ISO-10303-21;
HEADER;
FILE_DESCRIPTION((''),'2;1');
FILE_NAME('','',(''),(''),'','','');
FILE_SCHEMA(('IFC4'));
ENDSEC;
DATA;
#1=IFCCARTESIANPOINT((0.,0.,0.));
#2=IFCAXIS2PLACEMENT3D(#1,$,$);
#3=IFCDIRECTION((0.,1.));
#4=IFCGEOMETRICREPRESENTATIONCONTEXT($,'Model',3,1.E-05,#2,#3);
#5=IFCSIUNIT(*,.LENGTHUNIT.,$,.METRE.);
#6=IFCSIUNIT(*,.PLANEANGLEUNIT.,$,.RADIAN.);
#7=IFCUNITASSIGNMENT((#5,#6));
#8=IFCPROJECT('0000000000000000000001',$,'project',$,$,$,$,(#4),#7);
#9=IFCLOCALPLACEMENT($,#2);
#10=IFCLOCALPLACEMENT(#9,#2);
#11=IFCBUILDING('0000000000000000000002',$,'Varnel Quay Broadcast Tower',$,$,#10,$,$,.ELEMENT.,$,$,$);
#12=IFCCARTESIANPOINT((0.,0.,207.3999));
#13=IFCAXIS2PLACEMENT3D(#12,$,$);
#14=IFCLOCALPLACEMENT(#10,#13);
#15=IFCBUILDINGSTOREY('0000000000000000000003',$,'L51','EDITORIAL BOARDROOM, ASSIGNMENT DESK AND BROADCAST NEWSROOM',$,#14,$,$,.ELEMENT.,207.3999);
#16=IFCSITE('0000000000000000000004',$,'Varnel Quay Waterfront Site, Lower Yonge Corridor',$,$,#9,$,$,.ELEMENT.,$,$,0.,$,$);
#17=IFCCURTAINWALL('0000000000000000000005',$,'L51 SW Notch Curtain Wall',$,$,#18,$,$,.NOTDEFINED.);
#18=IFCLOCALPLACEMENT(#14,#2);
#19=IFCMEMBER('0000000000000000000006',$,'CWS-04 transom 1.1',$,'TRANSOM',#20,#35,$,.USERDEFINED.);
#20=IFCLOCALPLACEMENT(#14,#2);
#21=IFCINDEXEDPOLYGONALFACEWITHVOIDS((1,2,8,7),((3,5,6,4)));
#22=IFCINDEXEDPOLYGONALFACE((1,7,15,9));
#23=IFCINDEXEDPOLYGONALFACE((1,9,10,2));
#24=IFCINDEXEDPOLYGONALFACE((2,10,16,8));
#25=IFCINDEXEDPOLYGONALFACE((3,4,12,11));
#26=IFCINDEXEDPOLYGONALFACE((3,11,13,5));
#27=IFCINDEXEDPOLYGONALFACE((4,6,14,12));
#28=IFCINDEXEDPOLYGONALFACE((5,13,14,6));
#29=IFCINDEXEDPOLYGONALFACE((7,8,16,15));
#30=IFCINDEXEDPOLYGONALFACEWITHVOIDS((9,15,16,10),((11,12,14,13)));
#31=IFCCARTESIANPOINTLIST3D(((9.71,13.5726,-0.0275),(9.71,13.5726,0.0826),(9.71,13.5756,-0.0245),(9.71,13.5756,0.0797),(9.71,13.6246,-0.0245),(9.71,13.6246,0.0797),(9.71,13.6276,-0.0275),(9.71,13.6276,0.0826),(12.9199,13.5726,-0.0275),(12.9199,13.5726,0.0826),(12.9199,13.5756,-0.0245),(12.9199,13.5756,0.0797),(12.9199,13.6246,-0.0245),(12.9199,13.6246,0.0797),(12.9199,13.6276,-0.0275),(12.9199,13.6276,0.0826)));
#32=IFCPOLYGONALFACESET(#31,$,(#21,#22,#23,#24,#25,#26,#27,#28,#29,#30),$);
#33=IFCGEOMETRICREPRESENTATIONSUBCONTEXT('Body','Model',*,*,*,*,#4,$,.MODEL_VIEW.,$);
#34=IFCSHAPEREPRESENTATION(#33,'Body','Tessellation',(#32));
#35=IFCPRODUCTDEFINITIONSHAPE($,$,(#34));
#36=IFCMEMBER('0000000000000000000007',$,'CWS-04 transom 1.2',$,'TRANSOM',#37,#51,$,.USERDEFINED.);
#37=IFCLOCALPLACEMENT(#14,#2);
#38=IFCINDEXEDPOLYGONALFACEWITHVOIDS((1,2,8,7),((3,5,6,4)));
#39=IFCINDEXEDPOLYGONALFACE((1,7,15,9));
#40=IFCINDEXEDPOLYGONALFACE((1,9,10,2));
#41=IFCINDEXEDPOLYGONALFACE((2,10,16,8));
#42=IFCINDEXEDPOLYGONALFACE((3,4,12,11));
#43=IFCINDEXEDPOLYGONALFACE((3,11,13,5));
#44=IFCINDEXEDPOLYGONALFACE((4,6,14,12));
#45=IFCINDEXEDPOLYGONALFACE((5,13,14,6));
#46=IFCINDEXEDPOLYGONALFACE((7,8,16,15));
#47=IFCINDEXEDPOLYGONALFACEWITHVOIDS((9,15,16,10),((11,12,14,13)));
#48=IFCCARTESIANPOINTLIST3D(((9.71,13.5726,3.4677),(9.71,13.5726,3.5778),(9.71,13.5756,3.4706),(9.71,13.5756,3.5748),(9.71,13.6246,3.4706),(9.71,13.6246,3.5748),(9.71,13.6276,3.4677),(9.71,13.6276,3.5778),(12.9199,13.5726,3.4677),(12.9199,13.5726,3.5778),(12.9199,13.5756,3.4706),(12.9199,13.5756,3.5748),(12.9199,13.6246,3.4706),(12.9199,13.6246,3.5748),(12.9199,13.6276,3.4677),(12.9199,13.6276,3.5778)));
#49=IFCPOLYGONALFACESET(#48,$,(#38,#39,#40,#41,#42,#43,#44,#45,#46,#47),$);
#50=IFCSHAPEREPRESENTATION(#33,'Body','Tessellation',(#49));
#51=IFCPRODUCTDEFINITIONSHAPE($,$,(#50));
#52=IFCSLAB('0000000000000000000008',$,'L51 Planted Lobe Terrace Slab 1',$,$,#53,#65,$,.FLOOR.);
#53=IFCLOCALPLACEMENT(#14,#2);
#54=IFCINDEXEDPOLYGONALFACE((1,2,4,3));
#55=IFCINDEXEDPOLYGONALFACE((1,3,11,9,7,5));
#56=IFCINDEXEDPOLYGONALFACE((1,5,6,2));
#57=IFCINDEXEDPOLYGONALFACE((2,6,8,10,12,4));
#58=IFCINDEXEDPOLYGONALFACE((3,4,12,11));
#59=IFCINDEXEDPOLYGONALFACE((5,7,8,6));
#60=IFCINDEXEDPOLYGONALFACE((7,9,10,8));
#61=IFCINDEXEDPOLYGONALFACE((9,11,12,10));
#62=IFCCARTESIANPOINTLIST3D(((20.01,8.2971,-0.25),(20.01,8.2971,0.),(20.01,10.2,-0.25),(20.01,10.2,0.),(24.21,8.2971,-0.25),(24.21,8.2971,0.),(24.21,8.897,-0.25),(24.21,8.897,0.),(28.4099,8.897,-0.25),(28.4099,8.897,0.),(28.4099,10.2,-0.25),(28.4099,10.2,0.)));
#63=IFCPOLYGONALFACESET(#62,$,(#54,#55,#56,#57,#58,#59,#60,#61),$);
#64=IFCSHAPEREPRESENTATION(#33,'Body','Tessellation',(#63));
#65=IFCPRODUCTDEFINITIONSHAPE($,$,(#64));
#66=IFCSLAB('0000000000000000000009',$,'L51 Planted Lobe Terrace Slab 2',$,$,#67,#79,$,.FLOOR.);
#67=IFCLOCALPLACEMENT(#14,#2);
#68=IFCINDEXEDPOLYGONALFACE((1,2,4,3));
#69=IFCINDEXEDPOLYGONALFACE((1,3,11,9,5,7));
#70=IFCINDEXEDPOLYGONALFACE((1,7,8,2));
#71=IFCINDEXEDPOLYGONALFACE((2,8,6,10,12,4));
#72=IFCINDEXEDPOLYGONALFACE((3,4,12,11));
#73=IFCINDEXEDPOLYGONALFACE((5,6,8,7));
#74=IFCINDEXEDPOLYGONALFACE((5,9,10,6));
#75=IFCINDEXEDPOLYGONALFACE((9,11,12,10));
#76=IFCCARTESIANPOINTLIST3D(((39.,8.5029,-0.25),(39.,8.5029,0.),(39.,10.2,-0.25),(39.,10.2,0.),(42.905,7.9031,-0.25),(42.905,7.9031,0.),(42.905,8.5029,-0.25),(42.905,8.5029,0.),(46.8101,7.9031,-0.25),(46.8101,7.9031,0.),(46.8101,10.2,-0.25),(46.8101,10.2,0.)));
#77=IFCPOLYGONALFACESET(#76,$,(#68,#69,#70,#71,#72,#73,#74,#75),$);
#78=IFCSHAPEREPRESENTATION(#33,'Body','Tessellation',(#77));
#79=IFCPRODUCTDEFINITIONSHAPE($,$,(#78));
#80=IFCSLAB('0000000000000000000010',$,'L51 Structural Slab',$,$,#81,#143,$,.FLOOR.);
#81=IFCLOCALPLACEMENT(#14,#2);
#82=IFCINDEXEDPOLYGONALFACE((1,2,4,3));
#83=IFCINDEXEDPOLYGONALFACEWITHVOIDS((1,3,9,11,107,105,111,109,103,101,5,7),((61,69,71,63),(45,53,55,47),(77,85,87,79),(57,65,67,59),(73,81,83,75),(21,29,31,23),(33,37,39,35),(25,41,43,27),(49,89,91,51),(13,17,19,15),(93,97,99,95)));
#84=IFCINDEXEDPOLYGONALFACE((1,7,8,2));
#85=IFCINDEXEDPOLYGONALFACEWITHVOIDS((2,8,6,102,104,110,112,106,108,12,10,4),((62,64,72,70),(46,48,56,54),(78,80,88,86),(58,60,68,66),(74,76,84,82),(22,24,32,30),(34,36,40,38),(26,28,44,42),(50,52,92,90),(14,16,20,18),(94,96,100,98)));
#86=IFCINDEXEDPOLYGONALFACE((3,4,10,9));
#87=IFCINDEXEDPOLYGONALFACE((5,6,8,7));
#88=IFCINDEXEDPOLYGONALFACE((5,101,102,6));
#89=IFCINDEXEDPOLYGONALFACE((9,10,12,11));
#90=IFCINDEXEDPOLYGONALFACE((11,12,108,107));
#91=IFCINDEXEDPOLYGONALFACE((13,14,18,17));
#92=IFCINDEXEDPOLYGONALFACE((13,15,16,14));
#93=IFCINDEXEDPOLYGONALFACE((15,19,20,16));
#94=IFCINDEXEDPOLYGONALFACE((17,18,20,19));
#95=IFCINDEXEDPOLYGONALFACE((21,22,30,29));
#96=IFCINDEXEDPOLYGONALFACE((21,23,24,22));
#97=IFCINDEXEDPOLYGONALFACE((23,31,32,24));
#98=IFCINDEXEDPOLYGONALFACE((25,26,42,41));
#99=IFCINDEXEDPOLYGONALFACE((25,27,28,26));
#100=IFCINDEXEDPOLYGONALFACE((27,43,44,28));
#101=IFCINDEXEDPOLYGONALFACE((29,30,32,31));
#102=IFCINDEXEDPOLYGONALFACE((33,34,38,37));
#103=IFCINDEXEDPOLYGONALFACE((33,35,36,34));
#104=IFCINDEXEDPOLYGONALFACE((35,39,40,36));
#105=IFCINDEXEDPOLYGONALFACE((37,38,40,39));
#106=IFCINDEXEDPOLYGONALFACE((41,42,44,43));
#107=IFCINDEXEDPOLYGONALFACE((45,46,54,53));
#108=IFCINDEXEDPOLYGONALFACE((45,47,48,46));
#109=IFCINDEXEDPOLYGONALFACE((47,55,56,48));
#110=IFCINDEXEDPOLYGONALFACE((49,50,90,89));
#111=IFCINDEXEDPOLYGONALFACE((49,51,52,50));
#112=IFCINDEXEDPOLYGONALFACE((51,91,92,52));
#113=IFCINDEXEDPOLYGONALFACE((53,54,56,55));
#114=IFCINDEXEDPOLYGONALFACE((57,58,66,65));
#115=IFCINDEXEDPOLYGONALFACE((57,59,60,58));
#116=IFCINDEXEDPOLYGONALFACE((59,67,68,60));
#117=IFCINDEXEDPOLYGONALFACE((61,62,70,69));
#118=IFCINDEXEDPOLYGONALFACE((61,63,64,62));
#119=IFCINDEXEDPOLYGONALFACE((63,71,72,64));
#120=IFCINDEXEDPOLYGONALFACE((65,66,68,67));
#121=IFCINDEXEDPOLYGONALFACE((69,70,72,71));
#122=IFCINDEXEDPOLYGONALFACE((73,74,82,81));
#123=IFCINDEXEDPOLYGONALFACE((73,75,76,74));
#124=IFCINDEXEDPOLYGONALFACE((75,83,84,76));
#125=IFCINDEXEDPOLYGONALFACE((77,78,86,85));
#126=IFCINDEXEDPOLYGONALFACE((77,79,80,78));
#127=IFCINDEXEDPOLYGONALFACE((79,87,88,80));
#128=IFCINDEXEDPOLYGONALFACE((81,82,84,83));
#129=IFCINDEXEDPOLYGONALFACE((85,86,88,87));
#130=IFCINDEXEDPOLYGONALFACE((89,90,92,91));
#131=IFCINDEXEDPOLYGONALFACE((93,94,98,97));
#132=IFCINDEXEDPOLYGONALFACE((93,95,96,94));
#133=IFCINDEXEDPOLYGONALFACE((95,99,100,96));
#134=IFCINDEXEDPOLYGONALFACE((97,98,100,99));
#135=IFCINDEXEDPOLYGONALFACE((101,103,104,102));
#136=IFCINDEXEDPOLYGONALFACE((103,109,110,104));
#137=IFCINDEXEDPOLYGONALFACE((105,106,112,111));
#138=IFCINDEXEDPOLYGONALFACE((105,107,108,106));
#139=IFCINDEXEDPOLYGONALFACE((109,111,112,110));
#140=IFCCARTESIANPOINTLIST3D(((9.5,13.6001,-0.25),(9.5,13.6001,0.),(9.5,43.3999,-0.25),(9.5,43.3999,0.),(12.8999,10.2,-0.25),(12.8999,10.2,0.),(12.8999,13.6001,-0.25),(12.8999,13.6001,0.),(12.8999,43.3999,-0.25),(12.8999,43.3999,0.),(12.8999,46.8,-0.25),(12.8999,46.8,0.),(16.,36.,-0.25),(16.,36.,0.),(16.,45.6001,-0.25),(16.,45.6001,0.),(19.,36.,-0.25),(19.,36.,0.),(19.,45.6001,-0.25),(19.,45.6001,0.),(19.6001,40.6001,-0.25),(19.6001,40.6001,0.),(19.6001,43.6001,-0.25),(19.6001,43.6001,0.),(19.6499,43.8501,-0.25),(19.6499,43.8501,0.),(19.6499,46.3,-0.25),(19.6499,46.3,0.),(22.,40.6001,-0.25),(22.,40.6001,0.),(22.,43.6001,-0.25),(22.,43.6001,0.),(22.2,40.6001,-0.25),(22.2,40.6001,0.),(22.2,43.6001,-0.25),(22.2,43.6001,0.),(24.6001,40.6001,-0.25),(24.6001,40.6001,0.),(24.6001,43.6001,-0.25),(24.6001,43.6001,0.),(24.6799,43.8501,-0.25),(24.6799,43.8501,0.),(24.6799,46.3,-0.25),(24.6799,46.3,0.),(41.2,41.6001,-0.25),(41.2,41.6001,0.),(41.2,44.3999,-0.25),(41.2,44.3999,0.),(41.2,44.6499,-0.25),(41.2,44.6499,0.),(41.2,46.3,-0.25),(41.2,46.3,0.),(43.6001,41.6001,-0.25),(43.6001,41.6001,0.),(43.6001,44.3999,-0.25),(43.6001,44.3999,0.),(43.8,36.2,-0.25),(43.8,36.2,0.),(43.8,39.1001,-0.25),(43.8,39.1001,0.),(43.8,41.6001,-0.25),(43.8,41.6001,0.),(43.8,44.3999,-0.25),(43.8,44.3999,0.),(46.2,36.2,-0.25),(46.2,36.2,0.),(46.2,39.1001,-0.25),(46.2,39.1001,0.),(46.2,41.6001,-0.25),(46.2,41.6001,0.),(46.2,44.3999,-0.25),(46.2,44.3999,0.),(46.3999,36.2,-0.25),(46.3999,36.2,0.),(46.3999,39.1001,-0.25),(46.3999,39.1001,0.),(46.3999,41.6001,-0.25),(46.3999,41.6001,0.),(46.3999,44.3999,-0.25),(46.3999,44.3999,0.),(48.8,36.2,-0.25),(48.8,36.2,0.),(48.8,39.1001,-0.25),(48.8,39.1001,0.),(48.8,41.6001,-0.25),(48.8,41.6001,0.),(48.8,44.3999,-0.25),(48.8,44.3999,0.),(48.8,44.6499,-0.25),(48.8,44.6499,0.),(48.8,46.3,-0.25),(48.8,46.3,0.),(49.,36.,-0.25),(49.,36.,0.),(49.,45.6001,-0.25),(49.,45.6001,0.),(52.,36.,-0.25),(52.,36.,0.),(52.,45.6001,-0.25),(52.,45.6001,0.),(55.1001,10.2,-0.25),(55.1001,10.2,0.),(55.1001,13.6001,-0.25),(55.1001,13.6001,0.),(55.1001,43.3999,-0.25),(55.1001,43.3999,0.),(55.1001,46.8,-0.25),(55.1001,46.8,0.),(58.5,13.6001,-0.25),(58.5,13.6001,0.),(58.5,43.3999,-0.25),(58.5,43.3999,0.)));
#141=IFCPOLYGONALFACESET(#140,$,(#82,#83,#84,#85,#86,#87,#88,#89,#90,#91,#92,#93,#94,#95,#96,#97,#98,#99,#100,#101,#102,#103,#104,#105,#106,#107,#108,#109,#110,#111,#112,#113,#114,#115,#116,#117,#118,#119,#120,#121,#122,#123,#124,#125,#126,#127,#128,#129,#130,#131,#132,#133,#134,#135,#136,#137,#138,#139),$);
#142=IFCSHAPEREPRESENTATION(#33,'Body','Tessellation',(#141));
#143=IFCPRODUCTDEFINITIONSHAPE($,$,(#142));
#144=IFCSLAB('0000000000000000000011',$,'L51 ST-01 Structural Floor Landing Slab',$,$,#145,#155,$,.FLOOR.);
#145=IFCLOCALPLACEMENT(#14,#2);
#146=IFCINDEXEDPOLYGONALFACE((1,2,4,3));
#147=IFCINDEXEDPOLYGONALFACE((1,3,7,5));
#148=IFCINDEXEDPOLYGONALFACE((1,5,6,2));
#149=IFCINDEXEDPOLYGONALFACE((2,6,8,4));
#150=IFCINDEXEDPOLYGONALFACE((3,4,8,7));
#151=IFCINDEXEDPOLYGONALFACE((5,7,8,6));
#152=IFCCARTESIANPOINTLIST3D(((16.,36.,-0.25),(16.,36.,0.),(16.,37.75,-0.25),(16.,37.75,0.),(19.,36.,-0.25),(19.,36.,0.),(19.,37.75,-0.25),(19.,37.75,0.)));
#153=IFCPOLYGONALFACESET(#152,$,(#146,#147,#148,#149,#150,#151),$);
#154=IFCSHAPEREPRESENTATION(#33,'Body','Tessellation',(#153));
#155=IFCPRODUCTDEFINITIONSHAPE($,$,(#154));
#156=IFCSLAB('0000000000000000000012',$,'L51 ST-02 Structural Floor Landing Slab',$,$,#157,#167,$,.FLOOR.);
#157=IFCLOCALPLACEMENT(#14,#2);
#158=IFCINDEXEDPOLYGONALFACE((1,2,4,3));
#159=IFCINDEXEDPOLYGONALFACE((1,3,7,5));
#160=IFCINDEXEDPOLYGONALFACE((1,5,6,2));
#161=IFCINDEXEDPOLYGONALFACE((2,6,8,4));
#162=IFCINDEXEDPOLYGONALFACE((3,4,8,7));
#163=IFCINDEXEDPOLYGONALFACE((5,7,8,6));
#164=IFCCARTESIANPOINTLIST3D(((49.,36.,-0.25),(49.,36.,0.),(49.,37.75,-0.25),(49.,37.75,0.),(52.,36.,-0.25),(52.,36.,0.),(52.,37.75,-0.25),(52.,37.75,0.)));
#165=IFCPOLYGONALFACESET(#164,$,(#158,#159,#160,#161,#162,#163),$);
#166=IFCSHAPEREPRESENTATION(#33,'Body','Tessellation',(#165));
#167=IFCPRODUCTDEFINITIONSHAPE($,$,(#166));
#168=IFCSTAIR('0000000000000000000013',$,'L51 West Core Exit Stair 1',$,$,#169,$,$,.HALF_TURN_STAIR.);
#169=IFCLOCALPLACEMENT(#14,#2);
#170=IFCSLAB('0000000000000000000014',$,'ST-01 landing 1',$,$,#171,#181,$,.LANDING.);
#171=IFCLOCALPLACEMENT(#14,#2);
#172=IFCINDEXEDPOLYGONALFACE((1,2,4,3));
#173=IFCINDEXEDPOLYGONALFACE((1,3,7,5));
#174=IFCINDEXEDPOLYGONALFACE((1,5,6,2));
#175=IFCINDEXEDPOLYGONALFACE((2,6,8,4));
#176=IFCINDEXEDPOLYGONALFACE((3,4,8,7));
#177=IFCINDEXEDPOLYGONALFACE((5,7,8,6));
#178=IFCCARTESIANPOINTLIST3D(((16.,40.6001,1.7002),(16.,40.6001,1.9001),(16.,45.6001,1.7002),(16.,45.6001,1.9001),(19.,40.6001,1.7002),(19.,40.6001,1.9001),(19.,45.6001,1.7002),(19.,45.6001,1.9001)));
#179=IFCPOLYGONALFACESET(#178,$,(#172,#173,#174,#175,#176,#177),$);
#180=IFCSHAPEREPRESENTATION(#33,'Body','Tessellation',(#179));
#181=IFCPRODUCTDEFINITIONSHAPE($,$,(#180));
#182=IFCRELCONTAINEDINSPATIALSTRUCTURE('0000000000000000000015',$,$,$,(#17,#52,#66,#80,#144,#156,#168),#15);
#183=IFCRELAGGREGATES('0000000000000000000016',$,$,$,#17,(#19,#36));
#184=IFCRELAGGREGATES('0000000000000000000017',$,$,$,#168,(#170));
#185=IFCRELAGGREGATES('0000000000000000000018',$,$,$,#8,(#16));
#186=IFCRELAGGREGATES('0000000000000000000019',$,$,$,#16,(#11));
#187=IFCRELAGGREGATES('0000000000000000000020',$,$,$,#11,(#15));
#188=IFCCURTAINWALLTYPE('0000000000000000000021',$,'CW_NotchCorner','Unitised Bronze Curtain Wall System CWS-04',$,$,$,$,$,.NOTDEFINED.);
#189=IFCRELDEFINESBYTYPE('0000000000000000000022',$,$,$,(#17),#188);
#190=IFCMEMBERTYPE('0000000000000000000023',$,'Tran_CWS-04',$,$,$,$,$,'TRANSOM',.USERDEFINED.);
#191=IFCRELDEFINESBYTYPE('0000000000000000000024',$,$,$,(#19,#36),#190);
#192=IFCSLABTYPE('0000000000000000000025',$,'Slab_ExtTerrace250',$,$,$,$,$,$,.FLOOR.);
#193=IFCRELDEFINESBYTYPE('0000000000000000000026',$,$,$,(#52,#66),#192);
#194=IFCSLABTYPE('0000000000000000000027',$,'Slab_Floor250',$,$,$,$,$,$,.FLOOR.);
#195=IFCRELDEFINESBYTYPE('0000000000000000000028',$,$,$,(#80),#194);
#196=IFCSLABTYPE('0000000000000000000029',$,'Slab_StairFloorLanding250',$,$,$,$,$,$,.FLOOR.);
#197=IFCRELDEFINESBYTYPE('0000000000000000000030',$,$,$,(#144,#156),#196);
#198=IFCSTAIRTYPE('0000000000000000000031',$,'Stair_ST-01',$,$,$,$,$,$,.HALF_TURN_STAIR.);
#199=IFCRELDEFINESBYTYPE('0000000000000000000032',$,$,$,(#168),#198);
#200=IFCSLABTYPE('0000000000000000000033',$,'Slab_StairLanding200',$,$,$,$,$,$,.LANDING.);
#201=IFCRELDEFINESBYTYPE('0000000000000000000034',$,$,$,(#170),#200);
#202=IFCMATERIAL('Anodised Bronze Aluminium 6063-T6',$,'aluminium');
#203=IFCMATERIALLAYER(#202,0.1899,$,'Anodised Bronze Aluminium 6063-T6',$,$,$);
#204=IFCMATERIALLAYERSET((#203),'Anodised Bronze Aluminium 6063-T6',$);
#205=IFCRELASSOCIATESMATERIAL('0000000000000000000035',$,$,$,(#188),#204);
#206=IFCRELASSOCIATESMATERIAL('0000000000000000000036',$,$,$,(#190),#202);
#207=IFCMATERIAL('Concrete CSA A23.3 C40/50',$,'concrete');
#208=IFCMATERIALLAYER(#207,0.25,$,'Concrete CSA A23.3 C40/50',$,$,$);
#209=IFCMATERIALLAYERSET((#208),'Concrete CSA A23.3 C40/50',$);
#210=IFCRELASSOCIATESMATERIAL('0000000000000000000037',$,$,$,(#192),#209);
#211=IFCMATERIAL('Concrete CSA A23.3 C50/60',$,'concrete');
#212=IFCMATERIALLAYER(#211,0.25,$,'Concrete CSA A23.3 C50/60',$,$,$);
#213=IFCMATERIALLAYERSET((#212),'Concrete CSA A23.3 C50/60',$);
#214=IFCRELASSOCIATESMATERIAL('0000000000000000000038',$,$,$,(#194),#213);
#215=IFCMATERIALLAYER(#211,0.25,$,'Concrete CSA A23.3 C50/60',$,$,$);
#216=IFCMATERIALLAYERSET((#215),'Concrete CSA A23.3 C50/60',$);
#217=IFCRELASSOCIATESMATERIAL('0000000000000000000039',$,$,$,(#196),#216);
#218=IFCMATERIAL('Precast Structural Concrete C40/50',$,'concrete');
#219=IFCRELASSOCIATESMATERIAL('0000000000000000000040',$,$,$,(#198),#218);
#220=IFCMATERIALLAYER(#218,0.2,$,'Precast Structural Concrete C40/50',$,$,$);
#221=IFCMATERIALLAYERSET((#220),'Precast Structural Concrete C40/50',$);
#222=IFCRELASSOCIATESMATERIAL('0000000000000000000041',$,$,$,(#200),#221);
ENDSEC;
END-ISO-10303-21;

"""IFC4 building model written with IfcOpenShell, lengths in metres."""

from ifc_helpers import new_model, si_unit, direction, frame, origin, origin_2d, place, context, subcontext, project, spatial, polyline, hollow_rectangle, outline, extrude, source, transform, mapped, material, layer, layer_set, material_profile, profile_set, type_object, type_shapes, element, aggregate, save


model = new_model("IFC4")

# Units and contexts
model_context = context("Model", 3, precision=1e-05, world=origin(), true_north=direction((0.0, 1.0)))
body_context = subcontext(model_context, "Body", "Model", "MODEL_VIEW")
ifc_project = project(units=[si_unit("LENGTHUNIT", "METRE"), si_unit("PLANEANGLEUNIT", "RADIAN")], contexts=[model_context])

# Site, building, storey
site_placement = place(None, origin())
site = spatial("IfcSite", under=ifc_project, at=site_placement, Name="Varnel Quay Waterfront Site, Lower Yonge Corridor", CompositionType="ELEMENT", RefElevation=0.0)
building_placement = place(site_placement, origin())
building = spatial("IfcBuilding", under=site, at=building_placement, Name="Varnel Quay Broadcast Tower", CompositionType="ELEMENT")
storey_placement = place(building_placement, frame((0.0, 0.0, 207.3999)))
storey = spatial("IfcBuildingStorey", under=building, at=storey_placement, Name="L51", Description="EDITORIAL BOARDROOM, ASSIGNMENT DESK AND BROADCAST NEWSROOM", CompositionType="ELEMENT", Elevation=207.3999)

# Curtain wall
ifc_material_1 = material(Name="Anodised Bronze Aluminium 6063-T6", Category="aluminium")
ifc_layer_1 = layer(ifc_material_1, 0.1899, Name="Anodised Bronze Aluminium 6063-T6")
ifc_layer_set_1 = layer_set([ifc_layer_1], Name="Anodised Bronze Aluminium 6063-T6")
curtain_wall_type_1 = type_object("IfcCurtainWallType", Name="CW_NotchCorner", Description="Unitised Bronze Curtain Wall System CWS-04", PredefinedType="NOTDEFINED", material=ifc_layer_set_1)
curtain_wall_1_placement = place(storey_placement, origin())
curtain_wall_1 = element("IfcCurtainWall", 1, at=curtain_wall_1_placement, inside=storey, type_object=curtain_wall_type_1, Name="L51 SW Notch Curtain Wall", PredefinedType="NOTDEFINED")

# Members
ifc_material_profile_1 = material_profile(ifc_material_1, hollow_rectangle(XDim=0.0549, YDim=0.1101, WallThickness=0.0029, at=origin_2d()), Name="ALU55X110X3")
ifc_profile_set_1 = profile_set([ifc_material_profile_1], Name="Anodised Bronze Aluminium 6063-T6")
member_type_1 = type_object("IfcMemberType", Name="Tran_CWS-04", ElementType="TRANSOM", PredefinedType="USERDEFINED", material=ifc_profile_set_1)
shared_shape_1 = source(origin(), body_context, "Body", "SweptSolid", [
    extrude(hollow_rectangle(XDim=0.0549, YDim=0.1101, WallThickness=0.0029, at=origin_2d()), origin(), (0.0, 0.0, 1.0), 3.21),
])
type_shapes(member_type_1, [shared_shape_1])
member_1_placement = place(storey_placement, frame((9.71, 13.6001, 0.0276), z_axis=(1.0, 0.0, 0.0), x_axis=(0.0, 1.0, 0.0)))
member_1 = element("IfcMember", 2, at=member_1_placement, type_object=member_type_1, Name="CWS-04 transom 1.1", ObjectType="TRANSOM", PredefinedType="USERDEFINED", context=body_context, shape_type="MappedRepresentation", body=[
    mapped(shared_shape_1, transform((0.0, 0.0, 0.0), x_axis=(1.0, 0.0, 0.0), y_axis=(0.0, 1.0, 0.0), z_axis=(0.0, 0.0, 1.0), scale=1.0)),
])
member_2_placement = place(storey_placement, frame((9.71, 13.6001, 3.5227), z_axis=(1.0, 0.0, 0.0), x_axis=(0.0, 1.0, 0.0)))
member_2 = element("IfcMember", 3, at=member_2_placement, type_object=member_type_1, Name="CWS-04 transom 1.2", ObjectType="TRANSOM", PredefinedType="USERDEFINED", context=body_context, shape_type="MappedRepresentation", body=[
    mapped(shared_shape_1, transform((0.0, 0.0, 0.0), x_axis=(1.0, 0.0, 0.0), y_axis=(0.0, 1.0, 0.0), z_axis=(0.0, 0.0, 1.0), scale=1.0)),
])
aggregate(curtain_wall_1, [member_1, member_2])

# Slabs
ifc_material_2 = material(Name="Concrete CSA A23.3 C40/50", Category="concrete")
ifc_layer_2 = layer(ifc_material_2, 0.25, Name="Concrete CSA A23.3 C40/50")
ifc_layer_set_2 = layer_set([ifc_layer_2], Name="Concrete CSA A23.3 C40/50")
slab_type_1 = type_object("IfcSlabType", Name="Slab_ExtTerrace250", PredefinedType="FLOOR", material=ifc_layer_set_2)
slab_1_placement = place(storey_placement, frame((0.0, 0.0, -0.25)))
element("IfcSlab", 4, at=slab_1_placement, inside=storey, type_object=slab_type_1, Name="L51 Planted Lobe Terrace Slab 1", PredefinedType="FLOOR", context=body_context, shape_type="SweptSolid", body=[
    extrude(outline(polyline([(20.01, 8.2971), (24.21, 8.2971), (24.21, 8.897), (28.4099, 8.897), (28.4099, 10.2), (20.01, 10.2), (20.01, 8.2971)])), origin(), (0.0, 0.0, 1.0), 0.25),
])
slab_2_placement = place(storey_placement, frame((0.0, 0.0, -0.25)))
element("IfcSlab", 5, at=slab_2_placement, inside=storey, type_object=slab_type_1, Name="L51 Planted Lobe Terrace Slab 2", PredefinedType="FLOOR", context=body_context, shape_type="SweptSolid", body=[
    extrude(outline(polyline([(39.0, 8.5029), (42.905, 8.5029), (42.905, 7.9031), (46.8101, 7.9031), (46.8101, 10.2), (39.0, 10.2), (39.0, 8.5029)])), origin(), (0.0, 0.0, 1.0), 0.25),
])
ifc_material_3 = material(Name="Concrete CSA A23.3 C50/60", Category="concrete")
ifc_layer_3 = layer(ifc_material_3, 0.25, Name="Concrete CSA A23.3 C50/60")
ifc_layer_set_3 = layer_set([ifc_layer_3], Name="Concrete CSA A23.3 C50/60")
slab_type_2 = type_object("IfcSlabType", Name="Slab_Floor250", PredefinedType="FLOOR", material=ifc_layer_set_3)
slab_3_placement = place(storey_placement, frame((0.0, 0.0, -0.25)))
element("IfcSlab", 6, at=slab_3_placement, inside=storey, type_object=slab_type_2, Name="L51 Structural Slab", PredefinedType="FLOOR", context=body_context, shape_type="SweptSolid", body=[
    extrude(outline(polyline([(12.8999, 10.2), (55.1001, 10.2), (55.1001, 13.6001), (58.5, 13.6001), (58.5, 43.3999), (55.1001, 43.3999), (55.1001, 46.8), (12.8999, 46.8), (12.8999, 43.3999), (9.5, 43.3999), (9.5, 13.6001), (12.8999, 13.6001), (12.8999, 10.2)]), holes=[polyline([(19.0, 36.0), (16.0, 36.0), (16.0, 45.6001), (19.0, 45.6001), (19.0, 36.0)]), polyline([(19.6001, 40.6001), (19.6001, 43.6001), (22.0, 43.6001), (22.0, 40.6001), (19.6001, 40.6001)]), polyline([(22.2, 40.6001), (22.2, 43.6001), (24.6001, 43.6001), (24.6001, 40.6001), (22.2, 40.6001)]), polyline([(41.2, 44.3999), (43.6001, 44.3999), (43.6001, 41.6001), (41.2, 41.6001), (41.2, 44.3999)]), polyline([(43.8, 44.3999), (46.2, 44.3999), (46.2, 41.6001), (43.8, 41.6001), (43.8, 44.3999)]), polyline([(19.6499, 43.8501), (19.6499, 46.3), (24.6799, 46.3), (24.6799, 43.8501), (19.6499, 43.8501)]), polyline([(43.8, 39.1001), (46.2, 39.1001), (46.2, 36.2), (43.8, 36.2), (43.8, 39.1001)]), polyline([(46.3999, 39.1001), (48.8, 39.1001), (48.8, 36.2), (46.3999, 36.2), (46.3999, 39.1001)]), polyline([(52.0, 36.0), (49.0, 36.0), (49.0, 45.6001), (52.0, 45.6001), (52.0, 36.0)]), polyline([(46.3999, 44.3999), (48.8, 44.3999), (48.8, 41.6001), (46.3999, 41.6001), (46.3999, 44.3999)]), polyline([(41.2, 46.3), (48.8, 46.3), (48.8, 44.6499), (41.2, 44.6499), (41.2, 46.3)])]), origin(), (0.0, 0.0, 1.0), 0.25),
])
ifc_layer_4 = layer(ifc_material_3, 0.25, Name="Concrete CSA A23.3 C50/60")
ifc_layer_set_4 = layer_set([ifc_layer_4], Name="Concrete CSA A23.3 C50/60")
slab_type_3 = type_object("IfcSlabType", Name="Slab_StairFloorLanding250", PredefinedType="FLOOR", material=ifc_layer_set_4)
slab_4_placement = place(storey_placement, frame((0.0, 0.0, -0.25)))
element("IfcSlab", 7, at=slab_4_placement, inside=storey, type_object=slab_type_3, Name="L51 ST-01 Structural Floor Landing Slab", PredefinedType="FLOOR", context=body_context, shape_type="SweptSolid", body=[
    extrude(outline(polyline([(19.0, 36.0), (19.0, 37.75), (16.0, 37.75), (16.0, 36.0), (19.0, 36.0)])), origin(), (0.0, 0.0, 1.0), 0.25),
])
slab_5_placement = place(storey_placement, frame((0.0, 0.0, -0.25)))
element("IfcSlab", 8, at=slab_5_placement, inside=storey, type_object=slab_type_3, Name="L51 ST-02 Structural Floor Landing Slab", PredefinedType="FLOOR", context=body_context, shape_type="SweptSolid", body=[
    extrude(outline(polyline([(52.0, 36.0), (52.0, 37.75), (49.0, 37.75), (49.0, 36.0), (52.0, 36.0)])), origin(), (0.0, 0.0, 1.0), 0.25),
])

# Stair, slab
ifc_material_4 = material(Name="Precast Structural Concrete C40/50", Category="concrete")
stair_type_1 = type_object("IfcStairType", Name="Stair_ST-01", PredefinedType="HALF_TURN_STAIR", material=ifc_material_4)
stair_1_placement = place(storey_placement, origin())
stair_1 = element("IfcStair", 9, at=stair_1_placement, inside=storey, type_object=stair_type_1, Name="L51 West Core Exit Stair 1", PredefinedType="HALF_TURN_STAIR")
ifc_layer_5 = layer(ifc_material_4, 0.2, Name="Precast Structural Concrete C40/50")
ifc_layer_set_5 = layer_set([ifc_layer_5], Name="Precast Structural Concrete C40/50")
slab_type_4 = type_object("IfcSlabType", Name="Slab_StairLanding200", PredefinedType="LANDING", material=ifc_layer_set_5)
slab_6_placement = place(storey_placement, frame((0.0, 0.0, 1.7002)))
slab_6 = element("IfcSlab", 10, at=slab_6_placement, type_object=slab_type_4, Name="ST-01 landing 1", PredefinedType="LANDING", context=body_context, shape_type="SweptSolid", body=[
    extrude(outline(polyline([(19.0, 40.6001), (19.0, 45.6001), (16.0, 45.6001), (16.0, 40.6001), (19.0, 40.6001)])), origin(), (0.0, 0.0, 1.0), 0.2),
])
aggregate(stair_1, [slab_6])

save(model, "model.ifc")
